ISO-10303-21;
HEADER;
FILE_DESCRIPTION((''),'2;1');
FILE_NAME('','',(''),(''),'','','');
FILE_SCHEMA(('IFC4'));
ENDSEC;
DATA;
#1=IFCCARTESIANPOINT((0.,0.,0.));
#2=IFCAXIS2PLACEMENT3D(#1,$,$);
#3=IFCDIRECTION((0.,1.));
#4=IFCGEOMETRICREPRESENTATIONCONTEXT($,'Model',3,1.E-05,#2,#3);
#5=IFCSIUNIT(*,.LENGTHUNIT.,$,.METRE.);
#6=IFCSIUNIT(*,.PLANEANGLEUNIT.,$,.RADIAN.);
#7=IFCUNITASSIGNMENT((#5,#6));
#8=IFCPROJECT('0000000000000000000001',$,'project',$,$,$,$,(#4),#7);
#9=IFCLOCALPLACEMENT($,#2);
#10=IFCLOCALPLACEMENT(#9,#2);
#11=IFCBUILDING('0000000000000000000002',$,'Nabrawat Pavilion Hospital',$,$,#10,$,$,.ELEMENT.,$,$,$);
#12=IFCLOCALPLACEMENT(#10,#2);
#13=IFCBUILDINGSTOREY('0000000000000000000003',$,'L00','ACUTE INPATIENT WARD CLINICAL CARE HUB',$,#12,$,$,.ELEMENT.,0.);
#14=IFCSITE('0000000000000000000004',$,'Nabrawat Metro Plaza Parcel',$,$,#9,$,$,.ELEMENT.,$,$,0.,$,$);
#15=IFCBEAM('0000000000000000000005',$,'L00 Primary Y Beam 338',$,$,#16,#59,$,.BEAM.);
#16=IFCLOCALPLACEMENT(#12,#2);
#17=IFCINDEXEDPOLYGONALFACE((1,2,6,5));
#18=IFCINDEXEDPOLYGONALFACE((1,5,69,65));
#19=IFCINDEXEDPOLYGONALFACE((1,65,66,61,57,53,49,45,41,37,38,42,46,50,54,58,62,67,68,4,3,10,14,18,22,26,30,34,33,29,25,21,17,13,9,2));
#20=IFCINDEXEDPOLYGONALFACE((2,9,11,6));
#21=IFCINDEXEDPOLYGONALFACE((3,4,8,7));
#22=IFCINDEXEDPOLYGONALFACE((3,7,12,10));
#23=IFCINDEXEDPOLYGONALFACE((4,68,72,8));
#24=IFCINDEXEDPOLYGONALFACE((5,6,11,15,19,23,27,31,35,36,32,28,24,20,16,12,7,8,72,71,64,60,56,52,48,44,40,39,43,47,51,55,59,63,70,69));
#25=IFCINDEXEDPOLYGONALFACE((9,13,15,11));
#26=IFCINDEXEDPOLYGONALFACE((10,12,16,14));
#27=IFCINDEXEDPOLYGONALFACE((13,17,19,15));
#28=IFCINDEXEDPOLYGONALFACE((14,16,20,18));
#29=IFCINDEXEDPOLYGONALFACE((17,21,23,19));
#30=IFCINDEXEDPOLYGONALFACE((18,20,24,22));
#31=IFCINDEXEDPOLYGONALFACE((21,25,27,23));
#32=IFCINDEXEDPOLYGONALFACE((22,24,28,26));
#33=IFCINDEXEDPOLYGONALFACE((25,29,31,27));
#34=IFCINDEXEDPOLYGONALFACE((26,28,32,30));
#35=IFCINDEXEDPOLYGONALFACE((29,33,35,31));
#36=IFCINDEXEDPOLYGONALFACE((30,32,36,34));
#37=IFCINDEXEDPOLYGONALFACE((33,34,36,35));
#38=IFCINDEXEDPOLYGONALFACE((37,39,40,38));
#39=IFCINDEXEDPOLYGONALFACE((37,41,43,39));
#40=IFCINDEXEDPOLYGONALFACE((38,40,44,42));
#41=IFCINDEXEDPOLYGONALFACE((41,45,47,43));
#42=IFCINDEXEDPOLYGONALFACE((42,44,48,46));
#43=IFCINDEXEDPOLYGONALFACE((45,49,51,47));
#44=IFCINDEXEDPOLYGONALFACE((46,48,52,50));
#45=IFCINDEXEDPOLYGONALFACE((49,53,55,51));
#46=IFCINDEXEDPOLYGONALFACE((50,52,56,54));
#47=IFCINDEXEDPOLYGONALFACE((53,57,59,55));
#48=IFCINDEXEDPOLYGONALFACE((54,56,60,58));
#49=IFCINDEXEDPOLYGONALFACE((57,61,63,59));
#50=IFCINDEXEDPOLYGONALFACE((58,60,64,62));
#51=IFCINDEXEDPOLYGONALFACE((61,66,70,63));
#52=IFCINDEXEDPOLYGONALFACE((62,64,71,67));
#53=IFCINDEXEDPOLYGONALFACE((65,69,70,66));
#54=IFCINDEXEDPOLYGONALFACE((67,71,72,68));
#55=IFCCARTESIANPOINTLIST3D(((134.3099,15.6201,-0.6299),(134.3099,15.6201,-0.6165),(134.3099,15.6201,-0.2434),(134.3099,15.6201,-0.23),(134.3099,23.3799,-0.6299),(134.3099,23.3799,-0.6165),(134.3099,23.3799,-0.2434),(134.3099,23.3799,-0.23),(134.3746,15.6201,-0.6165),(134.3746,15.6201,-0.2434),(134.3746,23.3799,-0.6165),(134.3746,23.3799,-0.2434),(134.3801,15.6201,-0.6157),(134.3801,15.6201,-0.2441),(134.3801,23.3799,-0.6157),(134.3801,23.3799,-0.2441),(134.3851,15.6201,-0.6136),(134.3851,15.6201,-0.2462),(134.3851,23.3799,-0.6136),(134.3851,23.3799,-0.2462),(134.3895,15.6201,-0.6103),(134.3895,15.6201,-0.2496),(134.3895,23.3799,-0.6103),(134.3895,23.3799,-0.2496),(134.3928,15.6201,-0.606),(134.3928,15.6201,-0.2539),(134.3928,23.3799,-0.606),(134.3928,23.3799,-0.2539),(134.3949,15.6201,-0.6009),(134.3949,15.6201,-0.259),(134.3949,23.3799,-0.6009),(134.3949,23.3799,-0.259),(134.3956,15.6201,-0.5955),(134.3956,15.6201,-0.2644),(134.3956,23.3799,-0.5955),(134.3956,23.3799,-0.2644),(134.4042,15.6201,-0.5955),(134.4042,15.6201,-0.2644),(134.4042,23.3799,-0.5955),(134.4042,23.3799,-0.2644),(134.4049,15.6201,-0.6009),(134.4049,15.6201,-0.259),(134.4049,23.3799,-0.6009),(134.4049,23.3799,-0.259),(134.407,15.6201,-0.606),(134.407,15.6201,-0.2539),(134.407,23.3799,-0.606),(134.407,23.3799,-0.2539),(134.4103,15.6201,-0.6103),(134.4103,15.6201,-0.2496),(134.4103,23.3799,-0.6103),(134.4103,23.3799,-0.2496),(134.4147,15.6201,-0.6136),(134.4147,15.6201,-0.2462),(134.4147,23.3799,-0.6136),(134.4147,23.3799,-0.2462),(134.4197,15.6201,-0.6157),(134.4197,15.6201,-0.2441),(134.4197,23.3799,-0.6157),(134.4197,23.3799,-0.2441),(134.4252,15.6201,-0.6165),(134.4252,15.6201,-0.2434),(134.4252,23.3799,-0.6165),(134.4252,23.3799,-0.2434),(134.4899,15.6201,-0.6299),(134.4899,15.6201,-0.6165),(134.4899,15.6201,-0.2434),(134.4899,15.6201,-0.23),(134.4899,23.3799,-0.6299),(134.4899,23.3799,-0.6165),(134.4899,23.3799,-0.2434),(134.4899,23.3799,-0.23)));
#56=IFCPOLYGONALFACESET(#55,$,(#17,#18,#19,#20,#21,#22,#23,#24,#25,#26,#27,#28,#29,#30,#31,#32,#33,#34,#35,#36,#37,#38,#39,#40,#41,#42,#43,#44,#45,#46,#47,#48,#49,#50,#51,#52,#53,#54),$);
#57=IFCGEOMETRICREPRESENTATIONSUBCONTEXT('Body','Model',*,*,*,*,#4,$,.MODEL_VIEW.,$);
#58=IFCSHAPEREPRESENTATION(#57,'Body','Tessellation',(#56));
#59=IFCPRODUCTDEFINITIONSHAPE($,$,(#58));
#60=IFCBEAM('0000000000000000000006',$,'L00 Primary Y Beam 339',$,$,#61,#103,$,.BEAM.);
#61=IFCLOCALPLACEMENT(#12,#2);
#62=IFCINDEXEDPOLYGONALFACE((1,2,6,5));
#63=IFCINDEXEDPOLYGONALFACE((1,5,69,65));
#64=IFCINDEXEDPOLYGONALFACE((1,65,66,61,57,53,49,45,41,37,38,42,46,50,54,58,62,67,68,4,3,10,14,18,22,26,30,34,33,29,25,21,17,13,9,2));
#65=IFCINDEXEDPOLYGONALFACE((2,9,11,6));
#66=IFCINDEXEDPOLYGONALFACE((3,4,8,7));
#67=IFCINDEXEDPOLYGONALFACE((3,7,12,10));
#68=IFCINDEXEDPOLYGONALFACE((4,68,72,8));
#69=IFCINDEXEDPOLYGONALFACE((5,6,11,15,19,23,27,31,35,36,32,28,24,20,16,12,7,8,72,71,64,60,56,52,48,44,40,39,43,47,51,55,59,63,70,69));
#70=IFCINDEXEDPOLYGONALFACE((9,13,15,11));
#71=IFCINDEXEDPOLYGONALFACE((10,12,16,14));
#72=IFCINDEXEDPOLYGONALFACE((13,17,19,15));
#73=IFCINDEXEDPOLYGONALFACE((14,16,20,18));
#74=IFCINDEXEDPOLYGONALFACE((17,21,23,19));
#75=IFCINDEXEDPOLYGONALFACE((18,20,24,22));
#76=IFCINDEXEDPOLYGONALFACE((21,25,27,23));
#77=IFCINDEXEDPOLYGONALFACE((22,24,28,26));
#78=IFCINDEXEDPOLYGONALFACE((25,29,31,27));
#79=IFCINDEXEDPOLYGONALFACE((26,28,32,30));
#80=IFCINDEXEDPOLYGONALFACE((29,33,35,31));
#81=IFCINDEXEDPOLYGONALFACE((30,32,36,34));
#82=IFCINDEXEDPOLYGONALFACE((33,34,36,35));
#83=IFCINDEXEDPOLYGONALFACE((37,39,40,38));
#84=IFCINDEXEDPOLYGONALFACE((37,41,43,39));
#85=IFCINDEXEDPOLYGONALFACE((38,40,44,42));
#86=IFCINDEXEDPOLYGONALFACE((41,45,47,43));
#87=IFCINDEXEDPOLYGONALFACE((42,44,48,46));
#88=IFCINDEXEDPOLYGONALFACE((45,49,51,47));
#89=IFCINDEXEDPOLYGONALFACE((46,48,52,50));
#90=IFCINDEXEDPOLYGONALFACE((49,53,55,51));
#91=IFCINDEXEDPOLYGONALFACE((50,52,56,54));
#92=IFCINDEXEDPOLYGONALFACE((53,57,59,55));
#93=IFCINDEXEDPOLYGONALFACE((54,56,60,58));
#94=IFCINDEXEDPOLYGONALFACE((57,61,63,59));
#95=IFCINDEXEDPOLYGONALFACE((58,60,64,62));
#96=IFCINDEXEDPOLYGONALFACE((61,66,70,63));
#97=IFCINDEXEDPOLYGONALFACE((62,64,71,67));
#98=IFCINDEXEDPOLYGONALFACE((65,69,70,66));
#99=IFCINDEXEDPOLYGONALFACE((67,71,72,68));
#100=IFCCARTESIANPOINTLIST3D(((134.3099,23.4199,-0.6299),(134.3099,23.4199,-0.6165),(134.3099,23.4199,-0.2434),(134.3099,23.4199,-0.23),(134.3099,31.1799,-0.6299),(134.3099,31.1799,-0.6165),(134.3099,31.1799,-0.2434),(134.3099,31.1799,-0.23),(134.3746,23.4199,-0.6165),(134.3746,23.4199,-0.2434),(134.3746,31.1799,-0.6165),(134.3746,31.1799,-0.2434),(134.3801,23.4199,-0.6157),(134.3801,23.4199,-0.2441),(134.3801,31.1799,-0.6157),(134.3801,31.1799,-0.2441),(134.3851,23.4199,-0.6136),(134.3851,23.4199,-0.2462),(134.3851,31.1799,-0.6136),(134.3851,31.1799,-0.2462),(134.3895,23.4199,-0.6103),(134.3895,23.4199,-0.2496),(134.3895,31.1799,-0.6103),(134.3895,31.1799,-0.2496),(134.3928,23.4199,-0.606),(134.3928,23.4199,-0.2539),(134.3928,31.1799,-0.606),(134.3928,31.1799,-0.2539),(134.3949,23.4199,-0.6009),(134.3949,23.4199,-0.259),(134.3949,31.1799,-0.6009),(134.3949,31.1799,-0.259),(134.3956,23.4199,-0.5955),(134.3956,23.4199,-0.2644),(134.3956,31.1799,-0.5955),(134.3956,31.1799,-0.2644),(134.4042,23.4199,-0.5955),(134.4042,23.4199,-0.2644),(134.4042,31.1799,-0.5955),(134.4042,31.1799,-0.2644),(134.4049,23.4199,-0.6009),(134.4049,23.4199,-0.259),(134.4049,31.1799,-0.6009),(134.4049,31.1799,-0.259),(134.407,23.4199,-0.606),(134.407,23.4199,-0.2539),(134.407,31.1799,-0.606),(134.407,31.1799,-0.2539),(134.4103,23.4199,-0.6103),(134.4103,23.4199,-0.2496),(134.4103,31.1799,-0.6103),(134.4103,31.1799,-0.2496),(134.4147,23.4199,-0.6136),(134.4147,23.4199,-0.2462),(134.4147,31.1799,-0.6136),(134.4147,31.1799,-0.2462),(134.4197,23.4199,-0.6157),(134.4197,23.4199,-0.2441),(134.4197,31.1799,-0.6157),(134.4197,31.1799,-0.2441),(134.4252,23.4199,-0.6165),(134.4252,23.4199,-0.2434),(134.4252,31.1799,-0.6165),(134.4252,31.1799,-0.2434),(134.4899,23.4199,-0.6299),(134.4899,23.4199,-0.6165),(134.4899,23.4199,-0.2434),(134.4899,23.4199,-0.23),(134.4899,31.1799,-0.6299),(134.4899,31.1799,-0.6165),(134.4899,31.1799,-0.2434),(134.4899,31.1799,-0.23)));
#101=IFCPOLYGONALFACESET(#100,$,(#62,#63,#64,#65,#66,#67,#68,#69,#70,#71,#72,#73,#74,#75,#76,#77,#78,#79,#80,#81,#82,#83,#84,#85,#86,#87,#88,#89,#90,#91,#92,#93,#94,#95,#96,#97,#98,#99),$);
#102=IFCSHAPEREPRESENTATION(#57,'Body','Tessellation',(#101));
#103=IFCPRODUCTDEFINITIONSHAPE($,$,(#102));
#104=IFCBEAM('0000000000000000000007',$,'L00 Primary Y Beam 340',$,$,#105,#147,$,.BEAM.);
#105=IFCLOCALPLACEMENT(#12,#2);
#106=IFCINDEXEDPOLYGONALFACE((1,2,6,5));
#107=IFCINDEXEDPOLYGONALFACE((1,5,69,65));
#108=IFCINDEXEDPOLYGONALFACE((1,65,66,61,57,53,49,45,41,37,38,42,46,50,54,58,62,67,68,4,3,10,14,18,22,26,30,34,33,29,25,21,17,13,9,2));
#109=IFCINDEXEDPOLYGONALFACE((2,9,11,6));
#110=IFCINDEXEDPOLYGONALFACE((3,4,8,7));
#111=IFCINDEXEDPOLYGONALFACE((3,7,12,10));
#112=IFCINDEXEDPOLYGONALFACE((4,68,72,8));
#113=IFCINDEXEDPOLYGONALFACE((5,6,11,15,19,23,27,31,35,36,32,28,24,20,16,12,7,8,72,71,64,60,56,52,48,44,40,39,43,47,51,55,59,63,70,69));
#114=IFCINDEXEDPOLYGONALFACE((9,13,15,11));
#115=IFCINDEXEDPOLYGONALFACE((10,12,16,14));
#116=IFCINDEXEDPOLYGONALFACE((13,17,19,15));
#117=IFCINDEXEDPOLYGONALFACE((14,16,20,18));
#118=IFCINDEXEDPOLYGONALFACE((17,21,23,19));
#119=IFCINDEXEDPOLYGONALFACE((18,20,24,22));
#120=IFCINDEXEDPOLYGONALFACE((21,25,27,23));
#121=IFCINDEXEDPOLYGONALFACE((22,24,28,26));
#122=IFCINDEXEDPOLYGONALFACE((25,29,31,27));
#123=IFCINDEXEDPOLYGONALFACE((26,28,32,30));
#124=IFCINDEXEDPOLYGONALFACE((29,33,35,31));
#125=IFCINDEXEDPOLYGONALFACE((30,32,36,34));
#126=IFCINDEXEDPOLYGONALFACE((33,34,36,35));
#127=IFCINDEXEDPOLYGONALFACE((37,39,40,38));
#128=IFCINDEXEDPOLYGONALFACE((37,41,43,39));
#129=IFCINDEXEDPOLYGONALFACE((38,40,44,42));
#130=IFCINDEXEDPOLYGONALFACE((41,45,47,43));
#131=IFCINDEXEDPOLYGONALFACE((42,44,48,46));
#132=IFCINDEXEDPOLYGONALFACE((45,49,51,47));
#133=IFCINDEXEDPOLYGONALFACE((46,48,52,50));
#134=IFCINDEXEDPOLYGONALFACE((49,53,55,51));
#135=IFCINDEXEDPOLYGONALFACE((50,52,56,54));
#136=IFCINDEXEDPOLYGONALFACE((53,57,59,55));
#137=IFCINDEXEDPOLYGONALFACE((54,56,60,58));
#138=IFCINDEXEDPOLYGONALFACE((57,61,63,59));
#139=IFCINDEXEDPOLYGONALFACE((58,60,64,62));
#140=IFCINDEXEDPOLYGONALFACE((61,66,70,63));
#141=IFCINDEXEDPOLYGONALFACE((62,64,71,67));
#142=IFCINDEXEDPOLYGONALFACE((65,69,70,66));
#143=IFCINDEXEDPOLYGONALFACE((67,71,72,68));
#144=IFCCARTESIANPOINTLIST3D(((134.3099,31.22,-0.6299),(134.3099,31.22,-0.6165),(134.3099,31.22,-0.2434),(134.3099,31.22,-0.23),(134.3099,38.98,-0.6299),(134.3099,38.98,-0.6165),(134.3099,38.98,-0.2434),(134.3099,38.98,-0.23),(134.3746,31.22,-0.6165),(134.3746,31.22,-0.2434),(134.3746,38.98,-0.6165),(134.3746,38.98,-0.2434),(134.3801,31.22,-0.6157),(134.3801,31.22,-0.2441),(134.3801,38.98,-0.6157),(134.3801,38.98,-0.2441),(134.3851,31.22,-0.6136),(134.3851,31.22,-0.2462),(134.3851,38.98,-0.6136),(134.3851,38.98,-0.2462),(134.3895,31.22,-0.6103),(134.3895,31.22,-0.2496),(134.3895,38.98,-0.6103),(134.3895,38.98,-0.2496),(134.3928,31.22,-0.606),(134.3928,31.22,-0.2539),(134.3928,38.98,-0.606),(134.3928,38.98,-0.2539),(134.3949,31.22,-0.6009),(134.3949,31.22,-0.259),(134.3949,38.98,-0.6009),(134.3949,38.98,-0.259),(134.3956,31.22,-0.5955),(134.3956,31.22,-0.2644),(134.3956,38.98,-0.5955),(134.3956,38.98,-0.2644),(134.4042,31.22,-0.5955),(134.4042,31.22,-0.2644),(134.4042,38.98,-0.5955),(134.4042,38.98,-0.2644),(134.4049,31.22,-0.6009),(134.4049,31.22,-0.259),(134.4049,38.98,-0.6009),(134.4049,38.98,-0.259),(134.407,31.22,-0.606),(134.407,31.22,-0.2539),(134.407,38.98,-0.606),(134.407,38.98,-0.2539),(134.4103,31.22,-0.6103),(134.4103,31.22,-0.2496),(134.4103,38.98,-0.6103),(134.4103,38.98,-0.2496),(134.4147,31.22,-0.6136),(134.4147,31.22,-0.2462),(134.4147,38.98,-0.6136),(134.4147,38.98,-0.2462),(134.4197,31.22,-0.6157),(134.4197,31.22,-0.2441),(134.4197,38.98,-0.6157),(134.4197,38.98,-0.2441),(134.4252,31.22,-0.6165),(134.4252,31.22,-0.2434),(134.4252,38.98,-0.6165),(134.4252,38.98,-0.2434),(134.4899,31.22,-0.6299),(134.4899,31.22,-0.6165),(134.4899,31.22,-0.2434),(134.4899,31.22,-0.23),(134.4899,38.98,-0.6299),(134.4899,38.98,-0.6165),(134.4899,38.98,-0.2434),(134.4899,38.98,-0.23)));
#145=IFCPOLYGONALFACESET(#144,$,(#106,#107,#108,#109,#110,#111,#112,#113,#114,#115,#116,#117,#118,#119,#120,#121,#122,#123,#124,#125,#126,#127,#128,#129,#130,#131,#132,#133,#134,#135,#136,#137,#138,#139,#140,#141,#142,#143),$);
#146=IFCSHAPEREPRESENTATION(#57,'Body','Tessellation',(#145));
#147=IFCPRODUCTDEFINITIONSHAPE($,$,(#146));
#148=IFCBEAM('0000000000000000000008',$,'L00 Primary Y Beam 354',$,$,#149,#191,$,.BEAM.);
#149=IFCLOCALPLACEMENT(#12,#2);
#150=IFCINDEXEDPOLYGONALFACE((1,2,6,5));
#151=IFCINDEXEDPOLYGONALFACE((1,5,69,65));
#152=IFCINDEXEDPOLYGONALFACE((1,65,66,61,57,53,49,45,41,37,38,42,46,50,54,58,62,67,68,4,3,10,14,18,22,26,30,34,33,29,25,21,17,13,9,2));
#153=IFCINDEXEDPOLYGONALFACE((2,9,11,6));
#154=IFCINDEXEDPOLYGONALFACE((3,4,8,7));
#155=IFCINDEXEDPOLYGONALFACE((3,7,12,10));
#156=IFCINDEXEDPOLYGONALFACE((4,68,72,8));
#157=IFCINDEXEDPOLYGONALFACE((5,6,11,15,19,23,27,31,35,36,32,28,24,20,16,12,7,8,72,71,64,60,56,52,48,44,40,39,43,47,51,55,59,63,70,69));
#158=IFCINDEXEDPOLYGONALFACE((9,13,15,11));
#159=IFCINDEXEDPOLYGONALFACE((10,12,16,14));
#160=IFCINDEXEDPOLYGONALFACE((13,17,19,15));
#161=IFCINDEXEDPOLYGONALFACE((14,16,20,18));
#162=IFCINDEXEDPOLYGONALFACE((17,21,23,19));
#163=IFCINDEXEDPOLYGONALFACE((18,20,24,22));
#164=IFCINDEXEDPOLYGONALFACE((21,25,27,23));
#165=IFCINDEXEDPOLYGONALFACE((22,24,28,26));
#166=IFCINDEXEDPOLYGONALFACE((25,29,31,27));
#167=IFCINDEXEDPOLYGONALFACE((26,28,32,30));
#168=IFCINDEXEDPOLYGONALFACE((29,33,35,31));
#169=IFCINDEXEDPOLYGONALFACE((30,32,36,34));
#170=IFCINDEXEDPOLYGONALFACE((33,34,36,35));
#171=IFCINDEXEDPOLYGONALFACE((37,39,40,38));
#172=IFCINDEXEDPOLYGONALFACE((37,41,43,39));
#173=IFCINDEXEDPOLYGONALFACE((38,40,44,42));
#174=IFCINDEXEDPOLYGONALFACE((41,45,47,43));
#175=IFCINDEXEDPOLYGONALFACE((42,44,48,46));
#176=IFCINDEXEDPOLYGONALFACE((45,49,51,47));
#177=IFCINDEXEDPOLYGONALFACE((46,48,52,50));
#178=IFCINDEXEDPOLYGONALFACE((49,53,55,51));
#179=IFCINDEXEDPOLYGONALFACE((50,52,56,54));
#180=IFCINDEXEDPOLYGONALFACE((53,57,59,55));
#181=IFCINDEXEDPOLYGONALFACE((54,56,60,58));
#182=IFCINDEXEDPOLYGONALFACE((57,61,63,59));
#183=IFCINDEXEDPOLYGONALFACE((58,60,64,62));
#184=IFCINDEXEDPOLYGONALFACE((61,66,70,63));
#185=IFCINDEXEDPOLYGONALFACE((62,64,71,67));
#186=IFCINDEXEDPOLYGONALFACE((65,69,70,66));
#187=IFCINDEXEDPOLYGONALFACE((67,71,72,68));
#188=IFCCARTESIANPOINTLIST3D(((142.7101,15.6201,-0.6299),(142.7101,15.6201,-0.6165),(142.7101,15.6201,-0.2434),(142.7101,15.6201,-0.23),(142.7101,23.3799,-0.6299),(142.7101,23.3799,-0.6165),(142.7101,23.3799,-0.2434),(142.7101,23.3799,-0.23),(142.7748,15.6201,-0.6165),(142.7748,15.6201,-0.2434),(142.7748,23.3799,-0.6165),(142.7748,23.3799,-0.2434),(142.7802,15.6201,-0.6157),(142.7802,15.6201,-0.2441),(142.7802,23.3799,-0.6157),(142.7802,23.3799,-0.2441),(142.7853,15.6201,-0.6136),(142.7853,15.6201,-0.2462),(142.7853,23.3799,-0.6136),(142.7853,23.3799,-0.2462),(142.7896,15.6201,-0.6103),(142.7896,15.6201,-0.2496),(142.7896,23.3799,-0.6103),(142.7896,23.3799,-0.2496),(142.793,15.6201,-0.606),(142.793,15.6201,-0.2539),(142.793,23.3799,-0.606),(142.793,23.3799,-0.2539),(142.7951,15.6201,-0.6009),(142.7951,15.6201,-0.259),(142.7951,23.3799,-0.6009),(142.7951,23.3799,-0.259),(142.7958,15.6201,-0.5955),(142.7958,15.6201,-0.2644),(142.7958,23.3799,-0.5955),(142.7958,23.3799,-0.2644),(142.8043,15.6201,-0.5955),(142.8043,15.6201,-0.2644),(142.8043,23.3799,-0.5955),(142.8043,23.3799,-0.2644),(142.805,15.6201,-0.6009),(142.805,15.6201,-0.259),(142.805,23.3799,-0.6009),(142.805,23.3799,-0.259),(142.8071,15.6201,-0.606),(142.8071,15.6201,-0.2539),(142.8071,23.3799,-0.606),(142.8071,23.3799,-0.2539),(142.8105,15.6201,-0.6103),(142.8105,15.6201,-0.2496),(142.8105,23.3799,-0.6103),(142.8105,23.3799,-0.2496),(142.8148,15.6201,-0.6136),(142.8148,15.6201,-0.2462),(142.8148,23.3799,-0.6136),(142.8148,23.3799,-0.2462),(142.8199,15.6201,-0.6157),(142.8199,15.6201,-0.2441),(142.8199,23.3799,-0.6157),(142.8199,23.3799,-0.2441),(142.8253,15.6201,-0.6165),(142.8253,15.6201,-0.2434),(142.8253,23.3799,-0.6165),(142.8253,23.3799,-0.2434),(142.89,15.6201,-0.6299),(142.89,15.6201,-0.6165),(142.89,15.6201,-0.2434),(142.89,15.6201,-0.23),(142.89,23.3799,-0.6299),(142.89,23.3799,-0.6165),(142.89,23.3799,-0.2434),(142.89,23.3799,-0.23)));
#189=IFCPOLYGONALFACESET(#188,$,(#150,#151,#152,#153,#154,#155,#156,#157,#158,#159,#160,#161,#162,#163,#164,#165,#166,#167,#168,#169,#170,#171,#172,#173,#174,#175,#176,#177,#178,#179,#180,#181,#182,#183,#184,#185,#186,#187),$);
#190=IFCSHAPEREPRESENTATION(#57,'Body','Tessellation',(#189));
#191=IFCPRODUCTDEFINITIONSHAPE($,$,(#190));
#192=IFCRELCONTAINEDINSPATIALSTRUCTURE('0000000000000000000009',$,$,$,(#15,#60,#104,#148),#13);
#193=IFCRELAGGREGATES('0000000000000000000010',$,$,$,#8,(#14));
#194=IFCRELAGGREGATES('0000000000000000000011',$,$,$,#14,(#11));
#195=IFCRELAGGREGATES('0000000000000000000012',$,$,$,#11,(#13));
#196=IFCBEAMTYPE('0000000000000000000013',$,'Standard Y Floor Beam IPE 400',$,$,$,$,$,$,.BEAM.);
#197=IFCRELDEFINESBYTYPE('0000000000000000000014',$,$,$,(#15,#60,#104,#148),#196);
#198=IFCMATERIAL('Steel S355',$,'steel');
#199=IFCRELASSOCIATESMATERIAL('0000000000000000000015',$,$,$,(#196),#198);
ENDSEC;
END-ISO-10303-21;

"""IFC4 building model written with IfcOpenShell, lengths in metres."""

from ifc_helpers import new_model, si_unit, direction, frame, origin, origin_2d, place, context, subcontext, project, spatial, i_section, extrude, material, material_profile, profile_set, type_object, element, save


model = new_model("IFC4")

# Units and contexts
model_context = context("Model", 3, precision=1e-05, world=origin(), true_north=direction((0.0, 1.0)))
body_context = subcontext(model_context, "Body", "Model", "MODEL_VIEW")
ifc_project = project(units=[si_unit("LENGTHUNIT", "METRE"), si_unit("PLANEANGLEUNIT", "RADIAN")], contexts=[model_context])

# Site, building, storey
site_placement = place(None, origin())
site = spatial("IfcSite", under=ifc_project, at=site_placement, Name="Nabrawat Metro Plaza Parcel", CompositionType="ELEMENT", RefElevation=0.0)
building_placement = place(site_placement, origin())
building = spatial("IfcBuilding", under=site, at=building_placement, Name="Nabrawat Pavilion Hospital", CompositionType="ELEMENT")
storey_placement = place(building_placement, origin())
storey = spatial("IfcBuildingStorey", under=building, at=storey_placement, Name="L00", Description="ACUTE INPATIENT WARD CLINICAL CARE HUB", CompositionType="ELEMENT", Elevation=0.0)

# Beams
ifc_material_1 = material(Name="Steel S355", Category="steel")
ifc_material_profile_1 = material_profile(ifc_material_1, i_section(OverallWidth=0.1799, OverallDepth=0.3999, WebThickness=0.0085, FlangeThickness=0.0134, FilletRadius=0.021, at=origin_2d()), Name="IPE 400")
ifc_profile_set_1 = profile_set([ifc_material_profile_1], Name="Steel S355")
beam_type_1 = type_object("IfcBeamType", Name="Standard Y Floor Beam IPE 400", PredefinedType="BEAM", material=ifc_profile_set_1)
beam_1_placement = place(storey_placement, frame((134.3999, 15.6201, -0.4299), z_axis=(0.0, 1.0, 0.0), x_axis=(-1.0, 0.0, 0.0)))
element("IfcBeam", 1, at=beam_1_placement, inside=storey, type_object=beam_type_1, Name="L00 Primary Y Beam 338", PredefinedType="BEAM", context=body_context, shape_type="SweptSolid", body=[
    extrude(i_section(OverallWidth=0.1799, OverallDepth=0.3999, WebThickness=0.0085, FlangeThickness=0.0134, FilletRadius=0.021, at=origin_2d()), origin(), (0.0, 0.0, 1.0), 7.7598),
])
for number, where, z_axis, x_axis, name in (
    (2, (134.3999, 23.4199, -0.4299), (0.0, 1.0, 0.0), (-1.0, 0.0, 0.0), "L00 Primary Y Beam 339"),
    (3, (134.3999, 31.22, -0.4299), (0.0, 1.0, 0.0), (-1.0, 0.0, 0.0), "L00 Primary Y Beam 340"),
):
    element("IfcBeam", number, at=place(storey_placement, frame(where, z_axis=z_axis, x_axis=x_axis)), inside=storey, type_object=beam_type_1, Name=name, PredefinedType="BEAM", context=body_context, shape_type="SweptSolid", body=[
        extrude(i_section(OverallWidth=0.1799, OverallDepth=0.3999, WebThickness=0.0085, FlangeThickness=0.0134, FilletRadius=0.021, at=origin_2d()), origin(), (0.0, 0.0, 1.0), 7.76),
    ])
beam_2_placement = place(storey_placement, frame((142.8, 15.6201, -0.4299), z_axis=(0.0, 1.0, 0.0), x_axis=(-1.0, 0.0, 0.0)))
element("IfcBeam", 4, at=beam_2_placement, inside=storey, type_object=beam_type_1, Name="L00 Primary Y Beam 354", PredefinedType="BEAM", context=body_context, shape_type="SweptSolid", body=[
    extrude(i_section(OverallWidth=0.1799, OverallDepth=0.3999, WebThickness=0.0085, FlangeThickness=0.0134, FilletRadius=0.021, at=origin_2d()), origin(), (0.0, 0.0, 1.0), 7.7598),
])

save(model, "model.ifc")
